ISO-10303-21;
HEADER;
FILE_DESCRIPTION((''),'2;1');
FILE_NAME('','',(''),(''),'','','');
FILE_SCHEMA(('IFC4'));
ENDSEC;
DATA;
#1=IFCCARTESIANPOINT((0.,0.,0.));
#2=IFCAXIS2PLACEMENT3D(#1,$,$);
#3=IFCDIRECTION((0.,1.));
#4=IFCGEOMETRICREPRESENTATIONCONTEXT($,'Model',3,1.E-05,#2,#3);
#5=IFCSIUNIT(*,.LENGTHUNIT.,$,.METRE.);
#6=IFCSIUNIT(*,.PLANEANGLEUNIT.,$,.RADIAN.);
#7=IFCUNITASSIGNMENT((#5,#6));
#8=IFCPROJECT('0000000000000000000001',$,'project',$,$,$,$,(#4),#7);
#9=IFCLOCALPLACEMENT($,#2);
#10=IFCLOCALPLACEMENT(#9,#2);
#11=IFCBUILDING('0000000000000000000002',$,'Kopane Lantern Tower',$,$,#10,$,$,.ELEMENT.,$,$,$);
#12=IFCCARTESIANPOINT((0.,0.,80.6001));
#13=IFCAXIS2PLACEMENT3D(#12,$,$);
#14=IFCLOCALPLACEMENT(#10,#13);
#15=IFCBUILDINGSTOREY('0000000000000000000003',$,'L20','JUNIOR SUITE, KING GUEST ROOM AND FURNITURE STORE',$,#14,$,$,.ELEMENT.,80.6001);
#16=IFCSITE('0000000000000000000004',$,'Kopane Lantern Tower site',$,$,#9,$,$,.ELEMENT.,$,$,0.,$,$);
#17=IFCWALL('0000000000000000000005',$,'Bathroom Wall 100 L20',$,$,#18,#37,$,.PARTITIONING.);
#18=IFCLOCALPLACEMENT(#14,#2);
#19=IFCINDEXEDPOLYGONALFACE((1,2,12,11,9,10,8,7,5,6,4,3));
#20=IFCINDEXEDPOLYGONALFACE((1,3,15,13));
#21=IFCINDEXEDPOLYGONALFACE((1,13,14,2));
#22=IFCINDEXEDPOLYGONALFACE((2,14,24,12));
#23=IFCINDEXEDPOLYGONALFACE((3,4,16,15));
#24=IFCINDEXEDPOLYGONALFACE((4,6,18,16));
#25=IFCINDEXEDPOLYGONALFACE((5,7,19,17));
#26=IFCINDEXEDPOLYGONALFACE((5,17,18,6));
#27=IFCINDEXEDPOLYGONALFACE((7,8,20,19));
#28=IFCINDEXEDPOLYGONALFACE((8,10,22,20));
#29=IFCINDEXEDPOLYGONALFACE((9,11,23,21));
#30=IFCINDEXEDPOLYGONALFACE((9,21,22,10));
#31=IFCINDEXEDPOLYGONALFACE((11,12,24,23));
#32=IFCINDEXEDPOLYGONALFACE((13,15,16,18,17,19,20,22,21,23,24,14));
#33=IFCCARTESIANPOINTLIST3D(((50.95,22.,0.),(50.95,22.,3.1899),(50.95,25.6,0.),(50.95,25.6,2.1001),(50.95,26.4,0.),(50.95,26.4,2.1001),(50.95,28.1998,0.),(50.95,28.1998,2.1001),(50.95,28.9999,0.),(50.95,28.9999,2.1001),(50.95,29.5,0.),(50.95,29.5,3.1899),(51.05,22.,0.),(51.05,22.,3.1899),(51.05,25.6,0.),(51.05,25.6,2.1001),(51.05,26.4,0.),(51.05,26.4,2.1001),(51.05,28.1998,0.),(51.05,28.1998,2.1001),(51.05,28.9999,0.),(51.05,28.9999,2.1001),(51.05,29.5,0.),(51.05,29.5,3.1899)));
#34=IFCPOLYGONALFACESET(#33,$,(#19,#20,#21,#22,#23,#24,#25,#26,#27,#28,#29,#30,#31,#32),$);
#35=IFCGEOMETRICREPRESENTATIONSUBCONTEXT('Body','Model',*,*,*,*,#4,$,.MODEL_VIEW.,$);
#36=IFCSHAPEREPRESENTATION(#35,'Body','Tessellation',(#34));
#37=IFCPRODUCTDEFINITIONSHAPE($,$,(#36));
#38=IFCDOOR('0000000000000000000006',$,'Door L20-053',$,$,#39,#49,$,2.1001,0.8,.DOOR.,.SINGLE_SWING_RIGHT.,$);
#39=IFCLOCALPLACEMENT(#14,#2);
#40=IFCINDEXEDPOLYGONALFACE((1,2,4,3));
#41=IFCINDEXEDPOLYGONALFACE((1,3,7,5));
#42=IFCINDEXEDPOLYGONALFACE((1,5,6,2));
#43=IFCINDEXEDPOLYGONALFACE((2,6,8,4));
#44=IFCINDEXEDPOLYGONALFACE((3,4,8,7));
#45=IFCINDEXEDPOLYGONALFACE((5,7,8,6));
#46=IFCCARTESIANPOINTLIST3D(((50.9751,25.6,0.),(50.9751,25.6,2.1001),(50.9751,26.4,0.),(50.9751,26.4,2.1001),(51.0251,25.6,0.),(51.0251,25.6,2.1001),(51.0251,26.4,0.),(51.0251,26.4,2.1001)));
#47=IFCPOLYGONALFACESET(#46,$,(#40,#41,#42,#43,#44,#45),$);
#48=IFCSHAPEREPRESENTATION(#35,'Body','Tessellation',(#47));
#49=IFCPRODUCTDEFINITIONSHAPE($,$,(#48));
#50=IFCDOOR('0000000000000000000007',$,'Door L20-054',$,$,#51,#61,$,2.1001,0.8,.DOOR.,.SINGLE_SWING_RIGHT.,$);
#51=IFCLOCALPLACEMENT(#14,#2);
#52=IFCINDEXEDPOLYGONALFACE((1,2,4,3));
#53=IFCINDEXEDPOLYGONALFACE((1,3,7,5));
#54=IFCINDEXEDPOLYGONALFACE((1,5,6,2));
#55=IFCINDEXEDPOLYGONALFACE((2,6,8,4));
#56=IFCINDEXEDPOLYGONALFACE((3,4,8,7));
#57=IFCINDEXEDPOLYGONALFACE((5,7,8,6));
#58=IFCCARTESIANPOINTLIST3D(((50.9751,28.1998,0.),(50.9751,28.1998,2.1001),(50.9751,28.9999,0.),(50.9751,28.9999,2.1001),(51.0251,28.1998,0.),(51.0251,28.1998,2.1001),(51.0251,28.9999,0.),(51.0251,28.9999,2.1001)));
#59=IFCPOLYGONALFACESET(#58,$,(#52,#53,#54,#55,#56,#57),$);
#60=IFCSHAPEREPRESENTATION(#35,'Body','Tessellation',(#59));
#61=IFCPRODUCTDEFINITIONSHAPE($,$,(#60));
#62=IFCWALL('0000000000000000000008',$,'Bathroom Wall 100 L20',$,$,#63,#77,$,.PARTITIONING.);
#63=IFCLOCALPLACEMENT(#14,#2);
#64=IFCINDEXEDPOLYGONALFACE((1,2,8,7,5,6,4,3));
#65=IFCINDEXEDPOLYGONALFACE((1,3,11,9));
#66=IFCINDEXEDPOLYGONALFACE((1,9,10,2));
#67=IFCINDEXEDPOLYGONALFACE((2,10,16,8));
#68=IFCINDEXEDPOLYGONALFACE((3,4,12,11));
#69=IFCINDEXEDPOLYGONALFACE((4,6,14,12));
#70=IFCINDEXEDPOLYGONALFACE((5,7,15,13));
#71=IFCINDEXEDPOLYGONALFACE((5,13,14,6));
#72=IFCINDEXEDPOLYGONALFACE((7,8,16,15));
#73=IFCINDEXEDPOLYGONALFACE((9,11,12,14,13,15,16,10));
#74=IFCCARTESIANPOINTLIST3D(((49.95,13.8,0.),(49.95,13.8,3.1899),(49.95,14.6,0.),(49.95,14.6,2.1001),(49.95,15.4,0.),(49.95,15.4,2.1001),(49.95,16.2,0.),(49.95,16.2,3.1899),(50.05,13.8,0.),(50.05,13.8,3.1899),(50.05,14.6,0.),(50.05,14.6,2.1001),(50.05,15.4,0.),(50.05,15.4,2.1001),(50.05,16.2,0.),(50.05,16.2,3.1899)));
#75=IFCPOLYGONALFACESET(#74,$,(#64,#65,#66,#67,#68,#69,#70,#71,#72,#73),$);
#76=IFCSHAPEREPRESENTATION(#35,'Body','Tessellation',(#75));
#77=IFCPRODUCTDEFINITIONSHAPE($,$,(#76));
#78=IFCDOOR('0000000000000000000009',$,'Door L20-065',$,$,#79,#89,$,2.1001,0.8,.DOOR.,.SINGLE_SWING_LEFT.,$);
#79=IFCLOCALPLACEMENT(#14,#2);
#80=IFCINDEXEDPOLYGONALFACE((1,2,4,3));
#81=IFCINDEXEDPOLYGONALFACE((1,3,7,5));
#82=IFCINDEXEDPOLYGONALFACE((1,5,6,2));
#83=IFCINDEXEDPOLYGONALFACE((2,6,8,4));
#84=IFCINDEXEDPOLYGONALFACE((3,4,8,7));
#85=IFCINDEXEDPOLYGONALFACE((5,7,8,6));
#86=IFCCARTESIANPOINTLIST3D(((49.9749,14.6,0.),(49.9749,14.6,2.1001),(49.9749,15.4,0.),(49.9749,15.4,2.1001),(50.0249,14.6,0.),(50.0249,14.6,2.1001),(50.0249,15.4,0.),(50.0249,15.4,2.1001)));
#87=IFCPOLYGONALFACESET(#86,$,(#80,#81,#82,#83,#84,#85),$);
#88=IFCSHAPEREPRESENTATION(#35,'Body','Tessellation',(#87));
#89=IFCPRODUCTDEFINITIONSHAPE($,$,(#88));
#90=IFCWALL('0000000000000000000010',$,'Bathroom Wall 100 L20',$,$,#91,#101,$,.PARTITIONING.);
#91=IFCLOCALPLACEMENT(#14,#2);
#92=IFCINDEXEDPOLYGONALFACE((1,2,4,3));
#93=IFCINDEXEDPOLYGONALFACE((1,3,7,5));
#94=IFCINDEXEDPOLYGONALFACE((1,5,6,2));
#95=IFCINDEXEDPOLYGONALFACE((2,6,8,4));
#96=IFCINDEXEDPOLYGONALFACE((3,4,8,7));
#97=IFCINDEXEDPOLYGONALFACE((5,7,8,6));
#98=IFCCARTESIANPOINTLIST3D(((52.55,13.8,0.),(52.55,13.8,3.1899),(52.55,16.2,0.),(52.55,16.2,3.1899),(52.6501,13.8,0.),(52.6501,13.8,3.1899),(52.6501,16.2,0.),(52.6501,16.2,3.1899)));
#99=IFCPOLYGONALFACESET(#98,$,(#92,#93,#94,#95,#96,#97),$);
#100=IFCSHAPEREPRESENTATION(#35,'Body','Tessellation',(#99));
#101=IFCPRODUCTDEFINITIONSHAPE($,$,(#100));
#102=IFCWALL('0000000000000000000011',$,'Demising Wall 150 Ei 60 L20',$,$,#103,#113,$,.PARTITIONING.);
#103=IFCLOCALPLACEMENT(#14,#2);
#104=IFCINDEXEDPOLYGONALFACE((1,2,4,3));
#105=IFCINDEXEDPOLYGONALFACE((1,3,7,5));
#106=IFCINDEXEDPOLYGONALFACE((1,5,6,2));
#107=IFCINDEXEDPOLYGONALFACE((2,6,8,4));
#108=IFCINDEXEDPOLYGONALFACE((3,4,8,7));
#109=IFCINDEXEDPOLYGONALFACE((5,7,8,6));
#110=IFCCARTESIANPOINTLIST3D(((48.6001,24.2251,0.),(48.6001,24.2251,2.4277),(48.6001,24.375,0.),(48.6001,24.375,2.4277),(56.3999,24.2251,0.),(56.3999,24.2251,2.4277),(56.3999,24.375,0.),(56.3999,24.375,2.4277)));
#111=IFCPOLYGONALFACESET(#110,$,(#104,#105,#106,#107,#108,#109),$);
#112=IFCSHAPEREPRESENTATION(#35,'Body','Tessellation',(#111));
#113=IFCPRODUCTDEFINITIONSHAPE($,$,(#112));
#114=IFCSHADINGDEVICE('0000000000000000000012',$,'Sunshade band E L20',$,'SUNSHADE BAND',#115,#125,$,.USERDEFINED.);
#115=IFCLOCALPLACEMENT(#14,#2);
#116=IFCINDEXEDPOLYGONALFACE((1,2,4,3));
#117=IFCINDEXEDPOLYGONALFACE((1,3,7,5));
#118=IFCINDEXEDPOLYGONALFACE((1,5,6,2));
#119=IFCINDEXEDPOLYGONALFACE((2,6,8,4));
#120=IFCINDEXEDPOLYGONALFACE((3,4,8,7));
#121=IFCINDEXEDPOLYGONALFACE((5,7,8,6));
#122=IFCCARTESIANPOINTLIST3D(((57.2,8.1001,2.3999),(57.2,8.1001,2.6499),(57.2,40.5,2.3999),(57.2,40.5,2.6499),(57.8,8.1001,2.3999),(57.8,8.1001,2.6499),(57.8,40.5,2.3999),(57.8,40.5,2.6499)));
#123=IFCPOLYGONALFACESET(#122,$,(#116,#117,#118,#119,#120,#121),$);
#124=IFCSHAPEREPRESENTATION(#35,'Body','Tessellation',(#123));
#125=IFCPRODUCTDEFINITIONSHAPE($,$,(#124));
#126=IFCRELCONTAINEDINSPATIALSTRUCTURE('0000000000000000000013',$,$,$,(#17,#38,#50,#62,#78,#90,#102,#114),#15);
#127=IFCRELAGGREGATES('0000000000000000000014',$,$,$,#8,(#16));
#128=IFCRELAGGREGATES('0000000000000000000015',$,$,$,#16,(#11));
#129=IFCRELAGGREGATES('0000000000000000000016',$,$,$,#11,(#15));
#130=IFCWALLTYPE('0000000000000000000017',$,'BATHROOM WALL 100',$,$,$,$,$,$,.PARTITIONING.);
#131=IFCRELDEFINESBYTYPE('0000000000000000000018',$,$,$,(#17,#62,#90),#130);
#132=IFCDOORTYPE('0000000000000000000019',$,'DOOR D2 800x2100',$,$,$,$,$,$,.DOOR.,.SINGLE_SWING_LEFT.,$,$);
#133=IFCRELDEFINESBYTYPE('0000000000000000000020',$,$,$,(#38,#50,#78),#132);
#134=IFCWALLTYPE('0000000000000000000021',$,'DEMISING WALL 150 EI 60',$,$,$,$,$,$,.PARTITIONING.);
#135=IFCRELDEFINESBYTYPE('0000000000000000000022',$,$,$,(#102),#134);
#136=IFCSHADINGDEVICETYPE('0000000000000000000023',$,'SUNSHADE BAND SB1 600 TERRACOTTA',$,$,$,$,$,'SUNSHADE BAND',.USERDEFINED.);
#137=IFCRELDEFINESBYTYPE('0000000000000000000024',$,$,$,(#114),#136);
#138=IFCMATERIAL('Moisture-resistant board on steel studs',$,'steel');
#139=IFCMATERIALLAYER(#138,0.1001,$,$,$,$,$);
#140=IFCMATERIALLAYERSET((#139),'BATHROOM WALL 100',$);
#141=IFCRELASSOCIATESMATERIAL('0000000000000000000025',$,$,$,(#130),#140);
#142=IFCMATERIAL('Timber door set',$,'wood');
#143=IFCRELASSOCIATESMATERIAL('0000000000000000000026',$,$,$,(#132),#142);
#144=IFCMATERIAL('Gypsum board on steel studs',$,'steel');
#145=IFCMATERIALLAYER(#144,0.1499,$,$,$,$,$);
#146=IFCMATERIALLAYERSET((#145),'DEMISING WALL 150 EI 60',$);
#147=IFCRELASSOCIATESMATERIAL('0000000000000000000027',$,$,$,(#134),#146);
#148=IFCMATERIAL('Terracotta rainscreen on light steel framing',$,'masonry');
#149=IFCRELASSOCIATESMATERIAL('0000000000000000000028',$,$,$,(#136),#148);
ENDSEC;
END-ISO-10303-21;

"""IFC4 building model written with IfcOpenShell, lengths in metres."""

from ifc_helpers import new_model, si_unit, direction, frame, frame_2d, origin, origin_2d, place, context, subcontext, project, spatial, rectangle, extrude, material, layer, layer_set, type_object, element, fill, save


model = new_model("IFC4")

# Units and contexts
model_context = context("Model", 3, precision=1e-05, world=origin(), true_north=direction((0.0, 1.0)))
body_context = subcontext(model_context, "Body", "Model", "MODEL_VIEW")
ifc_project = project(units=[si_unit("LENGTHUNIT", "METRE"), si_unit("PLANEANGLEUNIT", "RADIAN")], contexts=[model_context])

# Site, building, storey
site_placement = place(None, origin())
site = spatial("IfcSite", under=ifc_project, at=site_placement, Name="Kopane Lantern Tower site", CompositionType="ELEMENT", RefElevation=0.0)
building_placement = place(site_placement, origin())
building = spatial("IfcBuilding", under=site, at=building_placement, Name="Kopane Lantern Tower", CompositionType="ELEMENT")
storey_placement = place(building_placement, frame((0.0, 0.0, 80.6001)))
storey = spatial("IfcBuildingStorey", under=building, at=storey_placement, Name="L20", Description="JUNIOR SUITE, KING GUEST ROOM AND FURNITURE STORE", CompositionType="ELEMENT", Elevation=80.6001)

# Shared definitions
ifc_material_1 = material(Name="Moisture-resistant board on steel studs", Category="steel")
ifc_layer_1 = layer(ifc_material_1, 0.1001)
ifc_layer_set_1 = layer_set([ifc_layer_1], Name="BATHROOM WALL 100")
wall_type_1 = type_object("IfcWallType", Name="BATHROOM WALL 100", PredefinedType="PARTITIONING", material=ifc_layer_set_1)

# Wall, openings, doors
wall_1_placement = place(storey_placement, frame((51.0, 22.0, 0.0), z_axis=(0.0, 0.0, 1.0), x_axis=(0.0, 1.0, 0.0)))
wall_1 = element("IfcWall", 1, at=wall_1_placement, inside=storey, type_object=wall_type_1, Name="Bathroom Wall 100 L20", PredefinedType="PARTITIONING", context=body_context, shape_type="SweptSolid", body=[
    extrude(rectangle(XDim=7.5, YDim=0.1001, at=frame_2d((3.75, 0.0))), origin(), (0.0, 0.0, 1.0), 3.1899),
])
opening_1_placement = place(wall_1_placement, frame((3.6001, 0.0, 0.0)))
opening_1 = element("IfcOpeningElement", 2, at=opening_1_placement, cuts=wall_1, PredefinedType="OPENING", context=body_context, shape_type="SweptSolid", body=[
    extrude(rectangle(XDim=0.8, YDim=2.1001, at=frame_2d((0.3999, 1.05))), frame((0.0, 0.0601, 0.0), z_axis=(0.0, -1.0, 0.0), x_axis=(1.0, 0.0, 0.0)), (0.0, 0.0, 1.0), 0.1201),
])
opening_2_placement = place(wall_1_placement, frame((6.2, 0.0, 0.0)))
opening_2 = element("IfcOpeningElement", 3, at=opening_2_placement, cuts=wall_1, PredefinedType="OPENING", context=body_context, shape_type="SweptSolid", body=[
    extrude(rectangle(XDim=0.8, YDim=2.1001, at=frame_2d((0.3999, 1.05))), frame((0.0, 0.0601, 0.0), z_axis=(0.0, -1.0, 0.0), x_axis=(1.0, 0.0, 0.0)), (0.0, 0.0, 1.0), 0.1201),
])
ifc_material_2 = material(Name="Timber door set", Category="wood")
door_type = type_object("IfcDoorType", Name="DOOR D2 800x2100", OperationType="SINGLE_SWING_LEFT", PredefinedType="DOOR", material=ifc_material_2)
door_1_placement = place(opening_1_placement, origin())
door_1 = element("IfcDoor", 4, at=door_1_placement, inside=storey, type_object=door_type, Name="Door L20-053", OperationType="SINGLE_SWING_RIGHT", OverallHeight=2.1001, OverallWidth=0.8, PredefinedType="DOOR", context=body_context, shape_type="SweptSolid", body=[
    extrude(rectangle(XDim=0.8, YDim=2.1001, at=frame_2d((0.3999, 1.05))), frame((0.0, 0.0249, 0.0), z_axis=(0.0, -1.0, 0.0), x_axis=(1.0, 0.0, 0.0)), (0.0, 0.0, 1.0), 0.05),
])
fill(opening_1, door_1)
door_2_placement = place(opening_2_placement, origin())
door_2 = element("IfcDoor", 5, at=door_2_placement, inside=storey, type_object=door_type, Name="Door L20-054", OperationType="SINGLE_SWING_RIGHT", OverallHeight=2.1001, OverallWidth=0.8, PredefinedType="DOOR", context=body_context, shape_type="SweptSolid", body=[
    extrude(rectangle(XDim=0.8, YDim=2.1001, at=frame_2d((0.3999, 1.05))), frame((0.0, 0.0249, 0.0), z_axis=(0.0, -1.0, 0.0), x_axis=(1.0, 0.0, 0.0)), (0.0, 0.0, 1.0), 0.05),
])
fill(opening_2, door_2)

# Wall, opening, door
wall_2_placement = place(storey_placement, frame((50.0, 16.2, 0.0), z_axis=(0.0, 0.0, 1.0), x_axis=(0.0, -1.0, 0.0)))
wall_2 = element("IfcWall", 6, at=wall_2_placement, inside=storey, type_object=wall_type_1, Name="Bathroom Wall 100 L20", PredefinedType="PARTITIONING", context=body_context, shape_type="SweptSolid", body=[
    extrude(rectangle(XDim=2.3999, YDim=0.1001, at=frame_2d((1.2, 0.0))), origin(), (0.0, 0.0, 1.0), 3.1899),
])
opening_3_placement = place(wall_2_placement, frame((0.8, 0.0, 0.0)))
opening_3 = element("IfcOpeningElement", 7, at=opening_3_placement, cuts=wall_2, PredefinedType="OPENING", context=body_context, shape_type="SweptSolid", body=[
    extrude(rectangle(XDim=0.8, YDim=2.1001, at=frame_2d((0.3999, 1.05))), frame((0.0, 0.0601, 0.0), z_axis=(0.0, -1.0, 0.0), x_axis=(1.0, 0.0, 0.0)), (0.0, 0.0, 1.0), 0.1201),
])
door_3_placement = place(opening_3_placement, origin())
door_3 = element("IfcDoor", 8, at=door_3_placement, inside=storey, type_object=door_type, Name="Door L20-065", OperationType="SINGLE_SWING_LEFT", OverallHeight=2.1001, OverallWidth=0.8, PredefinedType="DOOR", context=body_context, shape_type="SweptSolid", body=[
    extrude(rectangle(XDim=0.8, YDim=2.1001, at=frame_2d((0.3999, 1.05))), frame((0.0, 0.0249, 0.0), z_axis=(0.0, -1.0, 0.0), x_axis=(1.0, 0.0, 0.0)), (0.0, 0.0, 1.0), 0.05),
])
fill(opening_3, door_3)

# Walls
wall_3_placement = place(storey_placement, frame((52.6001, 16.2, 0.0), z_axis=(0.0, 0.0, 1.0), x_axis=(0.0, -1.0, 0.0)))
element("IfcWall", 9, at=wall_3_placement, inside=storey, type_object=wall_type_1, Name="Bathroom Wall 100 L20", PredefinedType="PARTITIONING", context=body_context, shape_type="SweptSolid", body=[
    extrude(rectangle(XDim=2.3999, YDim=0.1001, at=frame_2d((1.2, 0.0))), origin(), (0.0, 0.0, 1.0), 3.1899),
])
ifc_material_3 = material(Name="Gypsum board on steel studs", Category="steel")
ifc_layer_2 = layer(ifc_material_3, 0.1499)
ifc_layer_set_2 = layer_set([ifc_layer_2], Name="DEMISING WALL 150 EI 60")
wall_type_2 = type_object("IfcWallType", Name="DEMISING WALL 150 EI 60", PredefinedType="PARTITIONING", material=ifc_layer_set_2)
wall_4_placement = place(storey_placement, frame((48.6001, 24.3, 0.0), z_axis=(0.0, 0.0, 1.0), x_axis=(1.0, 0.0, 0.0)))
element("IfcWall", 10, at=wall_4_placement, inside=storey, type_object=wall_type_2, Name="Demising Wall 150 Ei 60 L20", PredefinedType="PARTITIONING", context=body_context, shape_type="SweptSolid", body=[
    extrude(rectangle(XDim=7.7998, YDim=0.1499, at=frame_2d((3.8999, 0.0))), origin(), (0.0, 0.0, 1.0), 2.4277),
])

# Shading device
ifc_material_4 = material(Name="Terracotta rainscreen on light steel framing", Category="masonry")
shading_device_type = type_object("IfcShadingDeviceType", Name="SUNSHADE BAND SB1 600 TERRACOTTA", ElementType="SUNSHADE BAND", PredefinedType="USERDEFINED", material=ifc_material_4)
shading_device_placement = place(storey_placement, frame((57.5, 24.3, 2.3999), z_axis=(0.0, 0.0, 1.0), x_axis=(0.0, 1.0, 0.0)))
element("IfcShadingDevice", 11, at=shading_device_placement, inside=storey, type_object=shading_device_type, Name="Sunshade band E L20", ObjectType="SUNSHADE BAND", PredefinedType="USERDEFINED", context=body_context, shape_type="SweptSolid", body=[
    extrude(rectangle(XDim=32.3999, YDim=0.6001, at=origin_2d()), origin(), (0.0, 0.0, 1.0), 0.25),
])

save(model, "model.ifc")
